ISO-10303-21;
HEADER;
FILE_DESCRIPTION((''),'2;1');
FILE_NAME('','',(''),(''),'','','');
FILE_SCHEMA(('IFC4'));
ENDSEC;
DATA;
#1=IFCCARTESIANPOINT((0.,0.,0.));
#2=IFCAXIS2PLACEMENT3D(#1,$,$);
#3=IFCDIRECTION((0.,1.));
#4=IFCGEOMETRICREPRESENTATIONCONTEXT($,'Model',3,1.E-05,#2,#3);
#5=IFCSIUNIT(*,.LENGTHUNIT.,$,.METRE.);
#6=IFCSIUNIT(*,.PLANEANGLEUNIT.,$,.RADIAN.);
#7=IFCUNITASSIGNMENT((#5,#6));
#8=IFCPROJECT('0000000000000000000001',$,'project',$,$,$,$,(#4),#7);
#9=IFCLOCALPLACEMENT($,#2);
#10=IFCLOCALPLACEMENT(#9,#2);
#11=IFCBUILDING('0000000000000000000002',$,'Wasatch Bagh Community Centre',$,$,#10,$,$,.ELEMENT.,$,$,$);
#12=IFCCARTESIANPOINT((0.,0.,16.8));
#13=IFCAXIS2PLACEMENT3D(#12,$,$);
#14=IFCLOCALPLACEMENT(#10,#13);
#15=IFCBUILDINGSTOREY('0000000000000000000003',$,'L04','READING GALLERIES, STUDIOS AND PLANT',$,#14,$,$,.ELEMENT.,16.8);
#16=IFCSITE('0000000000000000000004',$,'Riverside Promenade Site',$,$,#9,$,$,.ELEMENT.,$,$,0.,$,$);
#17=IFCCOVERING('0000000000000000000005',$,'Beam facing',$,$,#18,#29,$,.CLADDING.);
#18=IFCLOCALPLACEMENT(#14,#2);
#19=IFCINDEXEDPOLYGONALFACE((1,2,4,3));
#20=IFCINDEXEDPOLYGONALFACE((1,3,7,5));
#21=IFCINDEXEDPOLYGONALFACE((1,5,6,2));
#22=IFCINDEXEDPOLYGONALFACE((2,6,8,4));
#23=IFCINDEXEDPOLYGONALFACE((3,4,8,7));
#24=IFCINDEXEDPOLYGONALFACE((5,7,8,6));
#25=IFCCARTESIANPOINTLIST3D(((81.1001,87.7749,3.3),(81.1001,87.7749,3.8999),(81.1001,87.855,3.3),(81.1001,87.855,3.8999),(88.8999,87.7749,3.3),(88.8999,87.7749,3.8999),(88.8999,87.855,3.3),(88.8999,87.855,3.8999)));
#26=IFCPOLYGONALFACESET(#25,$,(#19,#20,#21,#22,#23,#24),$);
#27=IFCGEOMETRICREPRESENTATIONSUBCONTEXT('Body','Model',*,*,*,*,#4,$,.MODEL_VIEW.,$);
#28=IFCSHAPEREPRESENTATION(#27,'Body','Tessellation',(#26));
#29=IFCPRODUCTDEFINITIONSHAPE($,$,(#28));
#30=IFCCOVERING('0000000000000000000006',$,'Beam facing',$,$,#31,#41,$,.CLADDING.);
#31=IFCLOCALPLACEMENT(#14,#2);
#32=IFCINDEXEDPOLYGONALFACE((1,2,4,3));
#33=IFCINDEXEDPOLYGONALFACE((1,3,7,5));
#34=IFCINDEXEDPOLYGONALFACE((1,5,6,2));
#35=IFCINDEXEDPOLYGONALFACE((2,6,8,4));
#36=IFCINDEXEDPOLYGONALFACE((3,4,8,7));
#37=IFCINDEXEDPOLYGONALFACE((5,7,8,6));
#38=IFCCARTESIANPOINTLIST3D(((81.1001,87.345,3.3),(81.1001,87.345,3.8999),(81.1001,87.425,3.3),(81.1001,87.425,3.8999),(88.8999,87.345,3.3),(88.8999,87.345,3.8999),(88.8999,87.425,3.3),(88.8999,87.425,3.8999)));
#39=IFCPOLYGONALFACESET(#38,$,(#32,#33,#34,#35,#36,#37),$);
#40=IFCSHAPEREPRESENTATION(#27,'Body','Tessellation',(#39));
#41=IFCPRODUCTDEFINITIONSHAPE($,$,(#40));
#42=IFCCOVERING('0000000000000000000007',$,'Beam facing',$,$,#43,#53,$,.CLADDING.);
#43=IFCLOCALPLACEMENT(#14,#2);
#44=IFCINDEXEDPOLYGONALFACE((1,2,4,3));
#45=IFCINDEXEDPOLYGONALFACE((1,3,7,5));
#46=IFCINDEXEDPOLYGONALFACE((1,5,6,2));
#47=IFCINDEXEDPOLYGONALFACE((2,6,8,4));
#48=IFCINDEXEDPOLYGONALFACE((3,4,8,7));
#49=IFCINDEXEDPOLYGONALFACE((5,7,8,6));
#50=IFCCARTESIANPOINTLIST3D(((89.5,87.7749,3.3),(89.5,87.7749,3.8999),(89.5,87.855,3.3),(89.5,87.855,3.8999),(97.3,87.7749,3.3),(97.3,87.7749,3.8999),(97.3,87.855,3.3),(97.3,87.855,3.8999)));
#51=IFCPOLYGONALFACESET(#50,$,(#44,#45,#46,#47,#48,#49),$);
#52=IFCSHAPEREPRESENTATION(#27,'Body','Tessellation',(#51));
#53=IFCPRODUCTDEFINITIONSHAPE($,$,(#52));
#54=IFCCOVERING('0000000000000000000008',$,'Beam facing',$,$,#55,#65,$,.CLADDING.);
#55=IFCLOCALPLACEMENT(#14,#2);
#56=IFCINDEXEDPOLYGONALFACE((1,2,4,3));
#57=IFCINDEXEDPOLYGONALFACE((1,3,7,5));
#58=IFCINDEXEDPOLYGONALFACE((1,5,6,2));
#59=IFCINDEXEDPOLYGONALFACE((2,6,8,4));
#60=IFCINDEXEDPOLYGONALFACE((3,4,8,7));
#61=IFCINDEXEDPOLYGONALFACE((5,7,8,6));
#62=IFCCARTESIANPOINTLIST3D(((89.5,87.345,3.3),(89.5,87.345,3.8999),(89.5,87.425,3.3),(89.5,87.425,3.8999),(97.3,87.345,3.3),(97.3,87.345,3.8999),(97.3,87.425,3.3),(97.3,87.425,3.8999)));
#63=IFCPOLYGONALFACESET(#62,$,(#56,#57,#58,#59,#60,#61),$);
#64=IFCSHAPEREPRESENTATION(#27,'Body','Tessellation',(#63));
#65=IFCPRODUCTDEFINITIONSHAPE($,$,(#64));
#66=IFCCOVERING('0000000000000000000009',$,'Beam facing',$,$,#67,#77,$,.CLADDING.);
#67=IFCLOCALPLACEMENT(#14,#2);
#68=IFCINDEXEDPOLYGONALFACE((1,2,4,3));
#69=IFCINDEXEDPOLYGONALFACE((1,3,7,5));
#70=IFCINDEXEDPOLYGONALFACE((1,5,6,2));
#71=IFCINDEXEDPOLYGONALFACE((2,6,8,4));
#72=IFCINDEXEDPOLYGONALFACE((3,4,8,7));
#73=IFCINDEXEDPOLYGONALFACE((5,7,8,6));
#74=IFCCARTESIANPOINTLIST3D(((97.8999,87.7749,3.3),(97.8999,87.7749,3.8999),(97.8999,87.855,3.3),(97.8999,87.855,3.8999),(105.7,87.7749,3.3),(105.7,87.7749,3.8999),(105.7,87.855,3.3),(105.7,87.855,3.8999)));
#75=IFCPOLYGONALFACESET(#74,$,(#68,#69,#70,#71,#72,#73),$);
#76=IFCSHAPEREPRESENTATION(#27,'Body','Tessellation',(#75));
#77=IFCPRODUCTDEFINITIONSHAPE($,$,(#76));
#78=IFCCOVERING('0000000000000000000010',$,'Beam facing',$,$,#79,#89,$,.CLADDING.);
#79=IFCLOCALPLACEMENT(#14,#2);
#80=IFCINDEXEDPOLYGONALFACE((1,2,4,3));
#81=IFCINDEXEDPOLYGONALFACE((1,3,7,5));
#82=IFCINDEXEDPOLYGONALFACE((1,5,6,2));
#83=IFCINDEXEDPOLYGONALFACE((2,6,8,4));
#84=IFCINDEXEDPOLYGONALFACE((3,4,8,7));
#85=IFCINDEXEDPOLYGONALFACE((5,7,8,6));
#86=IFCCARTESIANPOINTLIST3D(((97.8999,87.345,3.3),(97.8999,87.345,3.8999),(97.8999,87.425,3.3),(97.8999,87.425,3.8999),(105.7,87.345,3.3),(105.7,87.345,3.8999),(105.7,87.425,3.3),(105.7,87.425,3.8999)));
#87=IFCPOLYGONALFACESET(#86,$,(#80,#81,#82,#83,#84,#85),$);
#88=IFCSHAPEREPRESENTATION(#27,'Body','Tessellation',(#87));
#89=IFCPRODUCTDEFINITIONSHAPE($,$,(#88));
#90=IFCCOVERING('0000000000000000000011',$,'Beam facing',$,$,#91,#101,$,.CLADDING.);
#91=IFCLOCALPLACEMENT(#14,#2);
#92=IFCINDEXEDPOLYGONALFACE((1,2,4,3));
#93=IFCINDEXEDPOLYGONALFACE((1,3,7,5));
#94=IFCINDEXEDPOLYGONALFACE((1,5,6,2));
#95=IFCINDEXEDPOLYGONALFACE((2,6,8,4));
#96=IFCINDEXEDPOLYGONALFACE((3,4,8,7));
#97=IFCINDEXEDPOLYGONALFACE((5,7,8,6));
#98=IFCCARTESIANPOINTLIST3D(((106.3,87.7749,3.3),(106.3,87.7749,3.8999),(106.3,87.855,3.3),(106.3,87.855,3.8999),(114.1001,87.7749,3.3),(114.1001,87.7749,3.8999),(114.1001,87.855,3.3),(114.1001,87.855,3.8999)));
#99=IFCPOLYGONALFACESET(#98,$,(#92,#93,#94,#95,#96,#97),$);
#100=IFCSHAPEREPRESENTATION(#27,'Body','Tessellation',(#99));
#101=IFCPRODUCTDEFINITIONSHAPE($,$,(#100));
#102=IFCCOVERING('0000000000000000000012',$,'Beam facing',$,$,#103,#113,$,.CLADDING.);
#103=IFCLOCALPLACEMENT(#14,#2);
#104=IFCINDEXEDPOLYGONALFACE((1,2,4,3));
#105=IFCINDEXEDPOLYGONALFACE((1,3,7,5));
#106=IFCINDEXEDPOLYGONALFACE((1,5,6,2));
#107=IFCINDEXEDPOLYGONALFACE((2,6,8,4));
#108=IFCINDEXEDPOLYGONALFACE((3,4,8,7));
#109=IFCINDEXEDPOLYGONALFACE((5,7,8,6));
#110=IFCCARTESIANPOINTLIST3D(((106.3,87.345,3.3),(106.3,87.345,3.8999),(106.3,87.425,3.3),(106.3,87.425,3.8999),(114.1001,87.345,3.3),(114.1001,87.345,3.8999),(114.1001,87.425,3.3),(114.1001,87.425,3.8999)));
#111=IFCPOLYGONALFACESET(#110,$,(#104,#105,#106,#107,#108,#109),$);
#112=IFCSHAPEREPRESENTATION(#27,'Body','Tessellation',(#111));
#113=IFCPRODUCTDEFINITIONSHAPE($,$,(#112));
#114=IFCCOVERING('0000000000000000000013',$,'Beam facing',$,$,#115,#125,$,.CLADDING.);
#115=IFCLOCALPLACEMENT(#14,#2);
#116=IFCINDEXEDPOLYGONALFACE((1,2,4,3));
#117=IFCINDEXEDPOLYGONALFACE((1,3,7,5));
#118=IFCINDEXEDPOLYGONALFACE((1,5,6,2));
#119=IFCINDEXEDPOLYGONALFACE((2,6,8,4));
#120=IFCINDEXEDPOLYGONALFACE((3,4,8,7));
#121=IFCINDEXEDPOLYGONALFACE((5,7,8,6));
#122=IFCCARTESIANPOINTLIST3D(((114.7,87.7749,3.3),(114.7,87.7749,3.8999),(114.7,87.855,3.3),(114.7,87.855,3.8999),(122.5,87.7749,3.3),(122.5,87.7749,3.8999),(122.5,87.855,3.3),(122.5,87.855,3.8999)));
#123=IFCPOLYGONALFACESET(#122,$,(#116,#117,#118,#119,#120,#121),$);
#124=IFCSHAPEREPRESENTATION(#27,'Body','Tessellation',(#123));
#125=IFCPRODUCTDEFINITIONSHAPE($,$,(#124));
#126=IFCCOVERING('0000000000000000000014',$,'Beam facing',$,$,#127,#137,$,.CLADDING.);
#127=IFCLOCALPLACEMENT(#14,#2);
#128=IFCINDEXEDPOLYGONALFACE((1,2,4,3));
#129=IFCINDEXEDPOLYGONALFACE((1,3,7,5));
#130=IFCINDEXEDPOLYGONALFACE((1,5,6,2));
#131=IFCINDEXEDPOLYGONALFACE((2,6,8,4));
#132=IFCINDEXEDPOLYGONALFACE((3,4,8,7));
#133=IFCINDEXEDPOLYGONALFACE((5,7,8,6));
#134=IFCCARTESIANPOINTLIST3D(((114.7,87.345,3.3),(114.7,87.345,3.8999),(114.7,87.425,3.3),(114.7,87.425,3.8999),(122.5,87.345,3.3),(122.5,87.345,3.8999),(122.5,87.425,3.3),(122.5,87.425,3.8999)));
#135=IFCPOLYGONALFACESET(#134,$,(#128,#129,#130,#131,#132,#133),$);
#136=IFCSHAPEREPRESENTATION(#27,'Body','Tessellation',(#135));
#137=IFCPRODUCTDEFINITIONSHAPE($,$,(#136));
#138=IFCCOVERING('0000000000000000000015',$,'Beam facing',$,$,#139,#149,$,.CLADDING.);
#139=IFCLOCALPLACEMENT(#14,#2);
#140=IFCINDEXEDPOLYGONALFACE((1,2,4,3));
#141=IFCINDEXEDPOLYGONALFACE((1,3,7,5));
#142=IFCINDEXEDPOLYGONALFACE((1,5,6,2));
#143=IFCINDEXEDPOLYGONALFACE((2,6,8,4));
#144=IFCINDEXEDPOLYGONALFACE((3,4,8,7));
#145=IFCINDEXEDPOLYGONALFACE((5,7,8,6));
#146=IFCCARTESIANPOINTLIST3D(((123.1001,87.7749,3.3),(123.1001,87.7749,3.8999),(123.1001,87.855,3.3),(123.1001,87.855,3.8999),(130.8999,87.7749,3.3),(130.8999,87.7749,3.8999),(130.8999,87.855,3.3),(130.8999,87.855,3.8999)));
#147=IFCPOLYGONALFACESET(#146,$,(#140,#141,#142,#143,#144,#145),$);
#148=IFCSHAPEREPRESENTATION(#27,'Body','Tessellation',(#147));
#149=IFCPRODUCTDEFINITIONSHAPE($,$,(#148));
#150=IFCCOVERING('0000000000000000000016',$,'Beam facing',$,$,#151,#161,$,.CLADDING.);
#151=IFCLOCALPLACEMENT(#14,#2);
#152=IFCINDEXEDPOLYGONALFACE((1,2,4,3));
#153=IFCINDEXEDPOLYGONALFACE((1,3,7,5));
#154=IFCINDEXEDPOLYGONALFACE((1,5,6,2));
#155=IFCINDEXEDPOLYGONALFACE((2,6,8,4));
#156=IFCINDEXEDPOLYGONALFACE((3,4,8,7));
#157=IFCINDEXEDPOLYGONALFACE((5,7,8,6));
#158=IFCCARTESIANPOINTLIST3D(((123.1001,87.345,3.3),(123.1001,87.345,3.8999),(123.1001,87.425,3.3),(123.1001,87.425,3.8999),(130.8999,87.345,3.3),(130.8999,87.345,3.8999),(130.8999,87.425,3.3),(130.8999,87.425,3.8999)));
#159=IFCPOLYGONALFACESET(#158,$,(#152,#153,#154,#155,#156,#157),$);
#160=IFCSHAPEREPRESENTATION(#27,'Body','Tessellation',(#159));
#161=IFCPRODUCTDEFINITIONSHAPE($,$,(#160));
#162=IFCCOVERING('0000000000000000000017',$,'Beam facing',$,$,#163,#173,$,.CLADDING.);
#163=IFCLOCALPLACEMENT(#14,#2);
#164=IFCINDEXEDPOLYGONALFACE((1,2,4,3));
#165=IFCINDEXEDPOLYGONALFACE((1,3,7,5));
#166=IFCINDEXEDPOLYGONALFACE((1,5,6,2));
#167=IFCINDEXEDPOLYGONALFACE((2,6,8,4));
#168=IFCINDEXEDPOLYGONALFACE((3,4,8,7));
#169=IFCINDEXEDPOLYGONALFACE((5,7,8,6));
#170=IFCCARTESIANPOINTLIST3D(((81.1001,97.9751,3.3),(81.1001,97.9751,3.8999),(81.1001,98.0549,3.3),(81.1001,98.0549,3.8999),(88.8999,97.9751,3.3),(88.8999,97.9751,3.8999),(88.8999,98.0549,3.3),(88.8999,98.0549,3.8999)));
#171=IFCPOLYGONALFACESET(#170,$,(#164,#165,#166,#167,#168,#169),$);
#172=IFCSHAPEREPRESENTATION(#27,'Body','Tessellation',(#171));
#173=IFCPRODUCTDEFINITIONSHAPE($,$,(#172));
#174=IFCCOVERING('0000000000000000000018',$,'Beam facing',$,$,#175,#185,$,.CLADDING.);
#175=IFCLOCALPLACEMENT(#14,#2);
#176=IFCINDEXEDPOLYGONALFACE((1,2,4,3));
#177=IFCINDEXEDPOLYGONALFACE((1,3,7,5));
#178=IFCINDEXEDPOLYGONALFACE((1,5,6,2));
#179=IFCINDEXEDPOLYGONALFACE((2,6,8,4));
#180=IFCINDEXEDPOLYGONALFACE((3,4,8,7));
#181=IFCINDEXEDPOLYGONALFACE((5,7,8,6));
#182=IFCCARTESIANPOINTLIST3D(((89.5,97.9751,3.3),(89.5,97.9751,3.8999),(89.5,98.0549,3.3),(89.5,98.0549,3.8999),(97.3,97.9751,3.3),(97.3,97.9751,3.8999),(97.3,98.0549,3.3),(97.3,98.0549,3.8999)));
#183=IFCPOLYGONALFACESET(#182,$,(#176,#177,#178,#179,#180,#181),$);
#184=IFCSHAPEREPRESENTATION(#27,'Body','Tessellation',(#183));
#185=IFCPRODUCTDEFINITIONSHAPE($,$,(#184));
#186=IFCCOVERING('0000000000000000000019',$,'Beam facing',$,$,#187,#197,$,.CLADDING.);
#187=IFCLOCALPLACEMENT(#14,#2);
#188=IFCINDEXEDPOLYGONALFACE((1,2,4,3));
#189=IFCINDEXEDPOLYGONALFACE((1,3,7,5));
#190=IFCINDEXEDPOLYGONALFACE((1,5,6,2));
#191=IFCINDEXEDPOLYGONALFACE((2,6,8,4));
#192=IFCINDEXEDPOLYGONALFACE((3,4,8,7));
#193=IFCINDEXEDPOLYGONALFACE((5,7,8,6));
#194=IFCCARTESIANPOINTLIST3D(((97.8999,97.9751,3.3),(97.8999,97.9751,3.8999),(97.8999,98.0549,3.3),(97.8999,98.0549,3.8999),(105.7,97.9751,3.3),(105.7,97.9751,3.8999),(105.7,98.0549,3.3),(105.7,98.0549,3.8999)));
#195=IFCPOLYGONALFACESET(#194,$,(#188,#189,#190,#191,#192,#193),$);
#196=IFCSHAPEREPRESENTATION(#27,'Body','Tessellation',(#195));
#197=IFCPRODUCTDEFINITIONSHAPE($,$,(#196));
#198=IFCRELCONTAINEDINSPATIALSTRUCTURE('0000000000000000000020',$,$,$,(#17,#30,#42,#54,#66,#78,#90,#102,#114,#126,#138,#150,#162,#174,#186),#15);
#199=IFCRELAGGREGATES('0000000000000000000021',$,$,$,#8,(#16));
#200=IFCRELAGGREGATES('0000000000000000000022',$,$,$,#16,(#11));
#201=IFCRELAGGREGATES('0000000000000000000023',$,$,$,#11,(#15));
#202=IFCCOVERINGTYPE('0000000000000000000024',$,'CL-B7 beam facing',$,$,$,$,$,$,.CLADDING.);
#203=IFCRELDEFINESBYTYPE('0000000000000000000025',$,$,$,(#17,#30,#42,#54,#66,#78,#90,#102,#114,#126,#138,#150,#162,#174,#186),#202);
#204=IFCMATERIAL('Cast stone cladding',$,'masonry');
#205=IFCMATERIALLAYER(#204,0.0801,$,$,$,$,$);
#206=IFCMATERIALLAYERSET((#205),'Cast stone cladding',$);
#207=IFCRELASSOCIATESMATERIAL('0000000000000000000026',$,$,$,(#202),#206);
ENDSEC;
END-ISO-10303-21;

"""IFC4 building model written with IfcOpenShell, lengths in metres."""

from ifc_helpers import new_model, si_unit, direction, frame, origin, place, context, subcontext, project, spatial, polyline, outline, extrude, material, layer, layer_set, type_object, element, save


model = new_model("IFC4")

# Units and contexts
model_context = context("Model", 3, precision=1e-05, world=origin(), true_north=direction((0.0, 1.0)))
body_context = subcontext(model_context, "Body", "Model", "MODEL_VIEW")
ifc_project = project(units=[si_unit("LENGTHUNIT", "METRE"), si_unit("PLANEANGLEUNIT", "RADIAN")], contexts=[model_context])

# Site, building, storey
site_placement = place(None, origin())
site = spatial("IfcSite", under=ifc_project, at=site_placement, Name="Riverside Promenade Site", CompositionType="ELEMENT", RefElevation=0.0)
building_placement = place(site_placement, origin())
building = spatial("IfcBuilding", under=site, at=building_placement, Name="Wasatch Bagh Community Centre", CompositionType="ELEMENT")
storey_placement = place(building_placement, frame((0.0, 0.0, 16.8)))
storey = spatial("IfcBuildingStorey", under=building, at=storey_placement, Name="L04", Description="READING GALLERIES, STUDIOS AND PLANT", CompositionType="ELEMENT", Elevation=16.8)

# Coverings
ifc_material = material(Name="Cast stone cladding", Category="masonry")
ifc_layer_1 = layer(ifc_material, 0.0801)
ifc_layer_set_1 = layer_set([ifc_layer_1], Name="Cast stone cladding")
covering_type_1 = type_object("IfcCoveringType", Name="CL-B7 beam facing", PredefinedType="CLADDING", material=ifc_layer_set_1)
covering_1_placement = place(storey_placement, frame((0.0, 0.0, 3.3)))
element("IfcCovering", 1, at=covering_1_placement, inside=storey, type_object=covering_type_1, Name="Beam facing", PredefinedType="CLADDING", context=body_context, shape_type="SweptSolid", body=[
    extrude(outline(polyline([(81.1001, 87.7749), (88.8999, 87.7749), (88.8999, 87.855), (81.1001, 87.855), (81.1001, 87.7749)])), origin(), (0.0, 0.0, 1.0), 0.5999),
])
covering_2_placement = place(storey_placement, frame((0.0, 0.0, 3.3)))
element("IfcCovering", 2, at=covering_2_placement, inside=storey, type_object=covering_type_1, Name="Beam facing", PredefinedType="CLADDING", context=body_context, shape_type="SweptSolid", body=[
    extrude(outline(polyline([(81.1001, 87.425), (88.8999, 87.425), (88.8999, 87.345), (81.1001, 87.345), (81.1001, 87.425)])), origin(), (0.0, 0.0, 1.0), 0.5999),
])
covering_3_placement = place(storey_placement, frame((0.0, 0.0, 3.3)))
element("IfcCovering", 3, at=covering_3_placement, inside=storey, type_object=covering_type_1, Name="Beam facing", PredefinedType="CLADDING", context=body_context, shape_type="SweptSolid", body=[
    extrude(outline(polyline([(89.5, 87.7749), (97.3, 87.7749), (97.3, 87.855), (89.5, 87.855), (89.5, 87.7749)])), origin(), (0.0, 0.0, 1.0), 0.5999),
])
covering_4_placement = place(storey_placement, frame((0.0, 0.0, 3.3)))
element("IfcCovering", 4, at=covering_4_placement, inside=storey, type_object=covering_type_1, Name="Beam facing", PredefinedType="CLADDING", context=body_context, shape_type="SweptSolid", body=[
    extrude(outline(polyline([(89.5, 87.425), (97.3, 87.425), (97.3, 87.345), (89.5, 87.345), (89.5, 87.425)])), origin(), (0.0, 0.0, 1.0), 0.5999),
])
covering_5_placement = place(storey_placement, frame((0.0, 0.0, 3.3)))
element("IfcCovering", 5, at=covering_5_placement, inside=storey, type_object=covering_type_1, Name="Beam facing", PredefinedType="CLADDING", context=body_context, shape_type="SweptSolid", body=[
    extrude(outline(polyline([(97.8999, 87.7749), (105.7, 87.7749), (105.7, 87.855), (97.8999, 87.855), (97.8999, 87.7749)])), origin(), (0.0, 0.0, 1.0), 0.5999),
])
covering_6_placement = place(storey_placement, frame((0.0, 0.0, 3.3)))
element("IfcCovering", 6, at=covering_6_placement, inside=storey, type_object=covering_type_1, Name="Beam facing", PredefinedType="CLADDING", context=body_context, shape_type="SweptSolid", body=[
    extrude(outline(polyline([(97.8999, 87.425), (105.7, 87.425), (105.7, 87.345), (97.8999, 87.345), (97.8999, 87.425)])), origin(), (0.0, 0.0, 1.0), 0.5999),
])
covering_7_placement = place(storey_placement, frame((0.0, 0.0, 3.3)))
element("IfcCovering", 7, at=covering_7_placement, inside=storey, type_object=covering_type_1, Name="Beam facing", PredefinedType="CLADDING", context=body_context, shape_type="SweptSolid", body=[
    extrude(outline(polyline([(106.3, 87.7749), (114.1001, 87.7749), (114.1001, 87.855), (106.3, 87.855), (106.3, 87.7749)])), origin(), (0.0, 0.0, 1.0), 0.5999),
])
covering_8_placement = place(storey_placement, frame((0.0, 0.0, 3.3)))
element("IfcCovering", 8, at=covering_8_placement, inside=storey, type_object=covering_type_1, Name="Beam facing", PredefinedType="CLADDING", context=body_context, shape_type="SweptSolid", body=[
    extrude(outline(polyline([(106.3, 87.425), (114.1001, 87.425), (114.1001, 87.345), (106.3, 87.345), (106.3, 87.425)])), origin(), (0.0, 0.0, 1.0), 0.5999),
])
covering_9_placement = place(storey_placement, frame((0.0, 0.0, 3.3)))
element("IfcCovering", 9, at=covering_9_placement, inside=storey, type_object=covering_type_1, Name="Beam facing", PredefinedType="CLADDING", context=body_context, shape_type="SweptSolid", body=[
    extrude(outline(polyline([(114.7, 87.7749), (122.5, 87.7749), (122.5, 87.855), (114.7, 87.855), (114.7, 87.7749)])), origin(), (0.0, 0.0, 1.0), 0.5999),
])
covering_10_placement = place(storey_placement, frame((0.0, 0.0, 3.3)))
element("IfcCovering", 10, at=covering_10_placement, inside=storey, type_object=covering_type_1, Name="Beam facing", PredefinedType="CLADDING", context=body_context, shape_type="SweptSolid", body=[
    extrude(outline(polyline([(114.7, 87.425), (122.5, 87.425), (122.5, 87.345), (114.7, 87.345), (114.7, 87.425)])), origin(), (0.0, 0.0, 1.0), 0.5999),
])
covering_11_placement = place(storey_placement, frame((0.0, 0.0, 3.3)))
element("IfcCovering", 11, at=covering_11_placement, inside=storey, type_object=covering_type_1, Name="Beam facing", PredefinedType="CLADDING", context=body_context, shape_type="SweptSolid", body=[
    extrude(outline(polyline([(123.1001, 87.7749), (130.8999, 87.7749), (130.8999, 87.855), (123.1001, 87.855), (123.1001, 87.7749)])), origin(), (0.0, 0.0, 1.0), 0.5999),
])
covering_12_placement = place(storey_placement, frame((0.0, 0.0, 3.3)))
element("IfcCovering", 12, at=covering_12_placement, inside=storey, type_object=covering_type_1, Name="Beam facing", PredefinedType="CLADDING", context=body_context, shape_type="SweptSolid", body=[
    extrude(outline(polyline([(123.1001, 87.425), (130.8999, 87.425), (130.8999, 87.345), (123.1001, 87.345), (123.1001, 87.425)])), origin(), (0.0, 0.0, 1.0), 0.5999),
])
covering_13_placement = place(storey_placement, frame((0.0, 0.0, 3.3)))
element("IfcCovering", 13, at=covering_13_placement, inside=storey, type_object=covering_type_1, Name="Beam facing", PredefinedType="CLADDING", context=body_context, shape_type="SweptSolid", body=[
    extrude(outline(polyline([(81.1001, 97.9751), (88.8999, 97.9751), (88.8999, 98.0549), (81.1001, 98.0549), (81.1001, 97.9751)])), origin(), (0.0, 0.0, 1.0), 0.5999),
])
covering_14_placement = place(storey_placement, frame((0.0, 0.0, 3.3)))
element("IfcCovering", 14, at=covering_14_placement, inside=storey, type_object=covering_type_1, Name="Beam facing", PredefinedType="CLADDING", context=body_context, shape_type="SweptSolid", body=[
    extrude(outline(polyline([(89.5, 97.9751), (97.3, 97.9751), (97.3, 98.0549), (89.5, 98.0549), (89.5, 97.9751)])), origin(), (0.0, 0.0, 1.0), 0.5999),
])
covering_15_placement = place(storey_placement, frame((0.0, 0.0, 3.3)))
element("IfcCovering", 15, at=covering_15_placement, inside=storey, type_object=covering_type_1, Name="Beam facing", PredefinedType="CLADDING", context=body_context, shape_type="SweptSolid", body=[
    extrude(outline(polyline([(97.8999, 97.9751), (105.7, 97.9751), (105.7, 98.0549), (97.8999, 98.0549), (97.8999, 97.9751)])), origin(), (0.0, 0.0, 1.0), 0.5999),
])

save(model, "model.ifc")
